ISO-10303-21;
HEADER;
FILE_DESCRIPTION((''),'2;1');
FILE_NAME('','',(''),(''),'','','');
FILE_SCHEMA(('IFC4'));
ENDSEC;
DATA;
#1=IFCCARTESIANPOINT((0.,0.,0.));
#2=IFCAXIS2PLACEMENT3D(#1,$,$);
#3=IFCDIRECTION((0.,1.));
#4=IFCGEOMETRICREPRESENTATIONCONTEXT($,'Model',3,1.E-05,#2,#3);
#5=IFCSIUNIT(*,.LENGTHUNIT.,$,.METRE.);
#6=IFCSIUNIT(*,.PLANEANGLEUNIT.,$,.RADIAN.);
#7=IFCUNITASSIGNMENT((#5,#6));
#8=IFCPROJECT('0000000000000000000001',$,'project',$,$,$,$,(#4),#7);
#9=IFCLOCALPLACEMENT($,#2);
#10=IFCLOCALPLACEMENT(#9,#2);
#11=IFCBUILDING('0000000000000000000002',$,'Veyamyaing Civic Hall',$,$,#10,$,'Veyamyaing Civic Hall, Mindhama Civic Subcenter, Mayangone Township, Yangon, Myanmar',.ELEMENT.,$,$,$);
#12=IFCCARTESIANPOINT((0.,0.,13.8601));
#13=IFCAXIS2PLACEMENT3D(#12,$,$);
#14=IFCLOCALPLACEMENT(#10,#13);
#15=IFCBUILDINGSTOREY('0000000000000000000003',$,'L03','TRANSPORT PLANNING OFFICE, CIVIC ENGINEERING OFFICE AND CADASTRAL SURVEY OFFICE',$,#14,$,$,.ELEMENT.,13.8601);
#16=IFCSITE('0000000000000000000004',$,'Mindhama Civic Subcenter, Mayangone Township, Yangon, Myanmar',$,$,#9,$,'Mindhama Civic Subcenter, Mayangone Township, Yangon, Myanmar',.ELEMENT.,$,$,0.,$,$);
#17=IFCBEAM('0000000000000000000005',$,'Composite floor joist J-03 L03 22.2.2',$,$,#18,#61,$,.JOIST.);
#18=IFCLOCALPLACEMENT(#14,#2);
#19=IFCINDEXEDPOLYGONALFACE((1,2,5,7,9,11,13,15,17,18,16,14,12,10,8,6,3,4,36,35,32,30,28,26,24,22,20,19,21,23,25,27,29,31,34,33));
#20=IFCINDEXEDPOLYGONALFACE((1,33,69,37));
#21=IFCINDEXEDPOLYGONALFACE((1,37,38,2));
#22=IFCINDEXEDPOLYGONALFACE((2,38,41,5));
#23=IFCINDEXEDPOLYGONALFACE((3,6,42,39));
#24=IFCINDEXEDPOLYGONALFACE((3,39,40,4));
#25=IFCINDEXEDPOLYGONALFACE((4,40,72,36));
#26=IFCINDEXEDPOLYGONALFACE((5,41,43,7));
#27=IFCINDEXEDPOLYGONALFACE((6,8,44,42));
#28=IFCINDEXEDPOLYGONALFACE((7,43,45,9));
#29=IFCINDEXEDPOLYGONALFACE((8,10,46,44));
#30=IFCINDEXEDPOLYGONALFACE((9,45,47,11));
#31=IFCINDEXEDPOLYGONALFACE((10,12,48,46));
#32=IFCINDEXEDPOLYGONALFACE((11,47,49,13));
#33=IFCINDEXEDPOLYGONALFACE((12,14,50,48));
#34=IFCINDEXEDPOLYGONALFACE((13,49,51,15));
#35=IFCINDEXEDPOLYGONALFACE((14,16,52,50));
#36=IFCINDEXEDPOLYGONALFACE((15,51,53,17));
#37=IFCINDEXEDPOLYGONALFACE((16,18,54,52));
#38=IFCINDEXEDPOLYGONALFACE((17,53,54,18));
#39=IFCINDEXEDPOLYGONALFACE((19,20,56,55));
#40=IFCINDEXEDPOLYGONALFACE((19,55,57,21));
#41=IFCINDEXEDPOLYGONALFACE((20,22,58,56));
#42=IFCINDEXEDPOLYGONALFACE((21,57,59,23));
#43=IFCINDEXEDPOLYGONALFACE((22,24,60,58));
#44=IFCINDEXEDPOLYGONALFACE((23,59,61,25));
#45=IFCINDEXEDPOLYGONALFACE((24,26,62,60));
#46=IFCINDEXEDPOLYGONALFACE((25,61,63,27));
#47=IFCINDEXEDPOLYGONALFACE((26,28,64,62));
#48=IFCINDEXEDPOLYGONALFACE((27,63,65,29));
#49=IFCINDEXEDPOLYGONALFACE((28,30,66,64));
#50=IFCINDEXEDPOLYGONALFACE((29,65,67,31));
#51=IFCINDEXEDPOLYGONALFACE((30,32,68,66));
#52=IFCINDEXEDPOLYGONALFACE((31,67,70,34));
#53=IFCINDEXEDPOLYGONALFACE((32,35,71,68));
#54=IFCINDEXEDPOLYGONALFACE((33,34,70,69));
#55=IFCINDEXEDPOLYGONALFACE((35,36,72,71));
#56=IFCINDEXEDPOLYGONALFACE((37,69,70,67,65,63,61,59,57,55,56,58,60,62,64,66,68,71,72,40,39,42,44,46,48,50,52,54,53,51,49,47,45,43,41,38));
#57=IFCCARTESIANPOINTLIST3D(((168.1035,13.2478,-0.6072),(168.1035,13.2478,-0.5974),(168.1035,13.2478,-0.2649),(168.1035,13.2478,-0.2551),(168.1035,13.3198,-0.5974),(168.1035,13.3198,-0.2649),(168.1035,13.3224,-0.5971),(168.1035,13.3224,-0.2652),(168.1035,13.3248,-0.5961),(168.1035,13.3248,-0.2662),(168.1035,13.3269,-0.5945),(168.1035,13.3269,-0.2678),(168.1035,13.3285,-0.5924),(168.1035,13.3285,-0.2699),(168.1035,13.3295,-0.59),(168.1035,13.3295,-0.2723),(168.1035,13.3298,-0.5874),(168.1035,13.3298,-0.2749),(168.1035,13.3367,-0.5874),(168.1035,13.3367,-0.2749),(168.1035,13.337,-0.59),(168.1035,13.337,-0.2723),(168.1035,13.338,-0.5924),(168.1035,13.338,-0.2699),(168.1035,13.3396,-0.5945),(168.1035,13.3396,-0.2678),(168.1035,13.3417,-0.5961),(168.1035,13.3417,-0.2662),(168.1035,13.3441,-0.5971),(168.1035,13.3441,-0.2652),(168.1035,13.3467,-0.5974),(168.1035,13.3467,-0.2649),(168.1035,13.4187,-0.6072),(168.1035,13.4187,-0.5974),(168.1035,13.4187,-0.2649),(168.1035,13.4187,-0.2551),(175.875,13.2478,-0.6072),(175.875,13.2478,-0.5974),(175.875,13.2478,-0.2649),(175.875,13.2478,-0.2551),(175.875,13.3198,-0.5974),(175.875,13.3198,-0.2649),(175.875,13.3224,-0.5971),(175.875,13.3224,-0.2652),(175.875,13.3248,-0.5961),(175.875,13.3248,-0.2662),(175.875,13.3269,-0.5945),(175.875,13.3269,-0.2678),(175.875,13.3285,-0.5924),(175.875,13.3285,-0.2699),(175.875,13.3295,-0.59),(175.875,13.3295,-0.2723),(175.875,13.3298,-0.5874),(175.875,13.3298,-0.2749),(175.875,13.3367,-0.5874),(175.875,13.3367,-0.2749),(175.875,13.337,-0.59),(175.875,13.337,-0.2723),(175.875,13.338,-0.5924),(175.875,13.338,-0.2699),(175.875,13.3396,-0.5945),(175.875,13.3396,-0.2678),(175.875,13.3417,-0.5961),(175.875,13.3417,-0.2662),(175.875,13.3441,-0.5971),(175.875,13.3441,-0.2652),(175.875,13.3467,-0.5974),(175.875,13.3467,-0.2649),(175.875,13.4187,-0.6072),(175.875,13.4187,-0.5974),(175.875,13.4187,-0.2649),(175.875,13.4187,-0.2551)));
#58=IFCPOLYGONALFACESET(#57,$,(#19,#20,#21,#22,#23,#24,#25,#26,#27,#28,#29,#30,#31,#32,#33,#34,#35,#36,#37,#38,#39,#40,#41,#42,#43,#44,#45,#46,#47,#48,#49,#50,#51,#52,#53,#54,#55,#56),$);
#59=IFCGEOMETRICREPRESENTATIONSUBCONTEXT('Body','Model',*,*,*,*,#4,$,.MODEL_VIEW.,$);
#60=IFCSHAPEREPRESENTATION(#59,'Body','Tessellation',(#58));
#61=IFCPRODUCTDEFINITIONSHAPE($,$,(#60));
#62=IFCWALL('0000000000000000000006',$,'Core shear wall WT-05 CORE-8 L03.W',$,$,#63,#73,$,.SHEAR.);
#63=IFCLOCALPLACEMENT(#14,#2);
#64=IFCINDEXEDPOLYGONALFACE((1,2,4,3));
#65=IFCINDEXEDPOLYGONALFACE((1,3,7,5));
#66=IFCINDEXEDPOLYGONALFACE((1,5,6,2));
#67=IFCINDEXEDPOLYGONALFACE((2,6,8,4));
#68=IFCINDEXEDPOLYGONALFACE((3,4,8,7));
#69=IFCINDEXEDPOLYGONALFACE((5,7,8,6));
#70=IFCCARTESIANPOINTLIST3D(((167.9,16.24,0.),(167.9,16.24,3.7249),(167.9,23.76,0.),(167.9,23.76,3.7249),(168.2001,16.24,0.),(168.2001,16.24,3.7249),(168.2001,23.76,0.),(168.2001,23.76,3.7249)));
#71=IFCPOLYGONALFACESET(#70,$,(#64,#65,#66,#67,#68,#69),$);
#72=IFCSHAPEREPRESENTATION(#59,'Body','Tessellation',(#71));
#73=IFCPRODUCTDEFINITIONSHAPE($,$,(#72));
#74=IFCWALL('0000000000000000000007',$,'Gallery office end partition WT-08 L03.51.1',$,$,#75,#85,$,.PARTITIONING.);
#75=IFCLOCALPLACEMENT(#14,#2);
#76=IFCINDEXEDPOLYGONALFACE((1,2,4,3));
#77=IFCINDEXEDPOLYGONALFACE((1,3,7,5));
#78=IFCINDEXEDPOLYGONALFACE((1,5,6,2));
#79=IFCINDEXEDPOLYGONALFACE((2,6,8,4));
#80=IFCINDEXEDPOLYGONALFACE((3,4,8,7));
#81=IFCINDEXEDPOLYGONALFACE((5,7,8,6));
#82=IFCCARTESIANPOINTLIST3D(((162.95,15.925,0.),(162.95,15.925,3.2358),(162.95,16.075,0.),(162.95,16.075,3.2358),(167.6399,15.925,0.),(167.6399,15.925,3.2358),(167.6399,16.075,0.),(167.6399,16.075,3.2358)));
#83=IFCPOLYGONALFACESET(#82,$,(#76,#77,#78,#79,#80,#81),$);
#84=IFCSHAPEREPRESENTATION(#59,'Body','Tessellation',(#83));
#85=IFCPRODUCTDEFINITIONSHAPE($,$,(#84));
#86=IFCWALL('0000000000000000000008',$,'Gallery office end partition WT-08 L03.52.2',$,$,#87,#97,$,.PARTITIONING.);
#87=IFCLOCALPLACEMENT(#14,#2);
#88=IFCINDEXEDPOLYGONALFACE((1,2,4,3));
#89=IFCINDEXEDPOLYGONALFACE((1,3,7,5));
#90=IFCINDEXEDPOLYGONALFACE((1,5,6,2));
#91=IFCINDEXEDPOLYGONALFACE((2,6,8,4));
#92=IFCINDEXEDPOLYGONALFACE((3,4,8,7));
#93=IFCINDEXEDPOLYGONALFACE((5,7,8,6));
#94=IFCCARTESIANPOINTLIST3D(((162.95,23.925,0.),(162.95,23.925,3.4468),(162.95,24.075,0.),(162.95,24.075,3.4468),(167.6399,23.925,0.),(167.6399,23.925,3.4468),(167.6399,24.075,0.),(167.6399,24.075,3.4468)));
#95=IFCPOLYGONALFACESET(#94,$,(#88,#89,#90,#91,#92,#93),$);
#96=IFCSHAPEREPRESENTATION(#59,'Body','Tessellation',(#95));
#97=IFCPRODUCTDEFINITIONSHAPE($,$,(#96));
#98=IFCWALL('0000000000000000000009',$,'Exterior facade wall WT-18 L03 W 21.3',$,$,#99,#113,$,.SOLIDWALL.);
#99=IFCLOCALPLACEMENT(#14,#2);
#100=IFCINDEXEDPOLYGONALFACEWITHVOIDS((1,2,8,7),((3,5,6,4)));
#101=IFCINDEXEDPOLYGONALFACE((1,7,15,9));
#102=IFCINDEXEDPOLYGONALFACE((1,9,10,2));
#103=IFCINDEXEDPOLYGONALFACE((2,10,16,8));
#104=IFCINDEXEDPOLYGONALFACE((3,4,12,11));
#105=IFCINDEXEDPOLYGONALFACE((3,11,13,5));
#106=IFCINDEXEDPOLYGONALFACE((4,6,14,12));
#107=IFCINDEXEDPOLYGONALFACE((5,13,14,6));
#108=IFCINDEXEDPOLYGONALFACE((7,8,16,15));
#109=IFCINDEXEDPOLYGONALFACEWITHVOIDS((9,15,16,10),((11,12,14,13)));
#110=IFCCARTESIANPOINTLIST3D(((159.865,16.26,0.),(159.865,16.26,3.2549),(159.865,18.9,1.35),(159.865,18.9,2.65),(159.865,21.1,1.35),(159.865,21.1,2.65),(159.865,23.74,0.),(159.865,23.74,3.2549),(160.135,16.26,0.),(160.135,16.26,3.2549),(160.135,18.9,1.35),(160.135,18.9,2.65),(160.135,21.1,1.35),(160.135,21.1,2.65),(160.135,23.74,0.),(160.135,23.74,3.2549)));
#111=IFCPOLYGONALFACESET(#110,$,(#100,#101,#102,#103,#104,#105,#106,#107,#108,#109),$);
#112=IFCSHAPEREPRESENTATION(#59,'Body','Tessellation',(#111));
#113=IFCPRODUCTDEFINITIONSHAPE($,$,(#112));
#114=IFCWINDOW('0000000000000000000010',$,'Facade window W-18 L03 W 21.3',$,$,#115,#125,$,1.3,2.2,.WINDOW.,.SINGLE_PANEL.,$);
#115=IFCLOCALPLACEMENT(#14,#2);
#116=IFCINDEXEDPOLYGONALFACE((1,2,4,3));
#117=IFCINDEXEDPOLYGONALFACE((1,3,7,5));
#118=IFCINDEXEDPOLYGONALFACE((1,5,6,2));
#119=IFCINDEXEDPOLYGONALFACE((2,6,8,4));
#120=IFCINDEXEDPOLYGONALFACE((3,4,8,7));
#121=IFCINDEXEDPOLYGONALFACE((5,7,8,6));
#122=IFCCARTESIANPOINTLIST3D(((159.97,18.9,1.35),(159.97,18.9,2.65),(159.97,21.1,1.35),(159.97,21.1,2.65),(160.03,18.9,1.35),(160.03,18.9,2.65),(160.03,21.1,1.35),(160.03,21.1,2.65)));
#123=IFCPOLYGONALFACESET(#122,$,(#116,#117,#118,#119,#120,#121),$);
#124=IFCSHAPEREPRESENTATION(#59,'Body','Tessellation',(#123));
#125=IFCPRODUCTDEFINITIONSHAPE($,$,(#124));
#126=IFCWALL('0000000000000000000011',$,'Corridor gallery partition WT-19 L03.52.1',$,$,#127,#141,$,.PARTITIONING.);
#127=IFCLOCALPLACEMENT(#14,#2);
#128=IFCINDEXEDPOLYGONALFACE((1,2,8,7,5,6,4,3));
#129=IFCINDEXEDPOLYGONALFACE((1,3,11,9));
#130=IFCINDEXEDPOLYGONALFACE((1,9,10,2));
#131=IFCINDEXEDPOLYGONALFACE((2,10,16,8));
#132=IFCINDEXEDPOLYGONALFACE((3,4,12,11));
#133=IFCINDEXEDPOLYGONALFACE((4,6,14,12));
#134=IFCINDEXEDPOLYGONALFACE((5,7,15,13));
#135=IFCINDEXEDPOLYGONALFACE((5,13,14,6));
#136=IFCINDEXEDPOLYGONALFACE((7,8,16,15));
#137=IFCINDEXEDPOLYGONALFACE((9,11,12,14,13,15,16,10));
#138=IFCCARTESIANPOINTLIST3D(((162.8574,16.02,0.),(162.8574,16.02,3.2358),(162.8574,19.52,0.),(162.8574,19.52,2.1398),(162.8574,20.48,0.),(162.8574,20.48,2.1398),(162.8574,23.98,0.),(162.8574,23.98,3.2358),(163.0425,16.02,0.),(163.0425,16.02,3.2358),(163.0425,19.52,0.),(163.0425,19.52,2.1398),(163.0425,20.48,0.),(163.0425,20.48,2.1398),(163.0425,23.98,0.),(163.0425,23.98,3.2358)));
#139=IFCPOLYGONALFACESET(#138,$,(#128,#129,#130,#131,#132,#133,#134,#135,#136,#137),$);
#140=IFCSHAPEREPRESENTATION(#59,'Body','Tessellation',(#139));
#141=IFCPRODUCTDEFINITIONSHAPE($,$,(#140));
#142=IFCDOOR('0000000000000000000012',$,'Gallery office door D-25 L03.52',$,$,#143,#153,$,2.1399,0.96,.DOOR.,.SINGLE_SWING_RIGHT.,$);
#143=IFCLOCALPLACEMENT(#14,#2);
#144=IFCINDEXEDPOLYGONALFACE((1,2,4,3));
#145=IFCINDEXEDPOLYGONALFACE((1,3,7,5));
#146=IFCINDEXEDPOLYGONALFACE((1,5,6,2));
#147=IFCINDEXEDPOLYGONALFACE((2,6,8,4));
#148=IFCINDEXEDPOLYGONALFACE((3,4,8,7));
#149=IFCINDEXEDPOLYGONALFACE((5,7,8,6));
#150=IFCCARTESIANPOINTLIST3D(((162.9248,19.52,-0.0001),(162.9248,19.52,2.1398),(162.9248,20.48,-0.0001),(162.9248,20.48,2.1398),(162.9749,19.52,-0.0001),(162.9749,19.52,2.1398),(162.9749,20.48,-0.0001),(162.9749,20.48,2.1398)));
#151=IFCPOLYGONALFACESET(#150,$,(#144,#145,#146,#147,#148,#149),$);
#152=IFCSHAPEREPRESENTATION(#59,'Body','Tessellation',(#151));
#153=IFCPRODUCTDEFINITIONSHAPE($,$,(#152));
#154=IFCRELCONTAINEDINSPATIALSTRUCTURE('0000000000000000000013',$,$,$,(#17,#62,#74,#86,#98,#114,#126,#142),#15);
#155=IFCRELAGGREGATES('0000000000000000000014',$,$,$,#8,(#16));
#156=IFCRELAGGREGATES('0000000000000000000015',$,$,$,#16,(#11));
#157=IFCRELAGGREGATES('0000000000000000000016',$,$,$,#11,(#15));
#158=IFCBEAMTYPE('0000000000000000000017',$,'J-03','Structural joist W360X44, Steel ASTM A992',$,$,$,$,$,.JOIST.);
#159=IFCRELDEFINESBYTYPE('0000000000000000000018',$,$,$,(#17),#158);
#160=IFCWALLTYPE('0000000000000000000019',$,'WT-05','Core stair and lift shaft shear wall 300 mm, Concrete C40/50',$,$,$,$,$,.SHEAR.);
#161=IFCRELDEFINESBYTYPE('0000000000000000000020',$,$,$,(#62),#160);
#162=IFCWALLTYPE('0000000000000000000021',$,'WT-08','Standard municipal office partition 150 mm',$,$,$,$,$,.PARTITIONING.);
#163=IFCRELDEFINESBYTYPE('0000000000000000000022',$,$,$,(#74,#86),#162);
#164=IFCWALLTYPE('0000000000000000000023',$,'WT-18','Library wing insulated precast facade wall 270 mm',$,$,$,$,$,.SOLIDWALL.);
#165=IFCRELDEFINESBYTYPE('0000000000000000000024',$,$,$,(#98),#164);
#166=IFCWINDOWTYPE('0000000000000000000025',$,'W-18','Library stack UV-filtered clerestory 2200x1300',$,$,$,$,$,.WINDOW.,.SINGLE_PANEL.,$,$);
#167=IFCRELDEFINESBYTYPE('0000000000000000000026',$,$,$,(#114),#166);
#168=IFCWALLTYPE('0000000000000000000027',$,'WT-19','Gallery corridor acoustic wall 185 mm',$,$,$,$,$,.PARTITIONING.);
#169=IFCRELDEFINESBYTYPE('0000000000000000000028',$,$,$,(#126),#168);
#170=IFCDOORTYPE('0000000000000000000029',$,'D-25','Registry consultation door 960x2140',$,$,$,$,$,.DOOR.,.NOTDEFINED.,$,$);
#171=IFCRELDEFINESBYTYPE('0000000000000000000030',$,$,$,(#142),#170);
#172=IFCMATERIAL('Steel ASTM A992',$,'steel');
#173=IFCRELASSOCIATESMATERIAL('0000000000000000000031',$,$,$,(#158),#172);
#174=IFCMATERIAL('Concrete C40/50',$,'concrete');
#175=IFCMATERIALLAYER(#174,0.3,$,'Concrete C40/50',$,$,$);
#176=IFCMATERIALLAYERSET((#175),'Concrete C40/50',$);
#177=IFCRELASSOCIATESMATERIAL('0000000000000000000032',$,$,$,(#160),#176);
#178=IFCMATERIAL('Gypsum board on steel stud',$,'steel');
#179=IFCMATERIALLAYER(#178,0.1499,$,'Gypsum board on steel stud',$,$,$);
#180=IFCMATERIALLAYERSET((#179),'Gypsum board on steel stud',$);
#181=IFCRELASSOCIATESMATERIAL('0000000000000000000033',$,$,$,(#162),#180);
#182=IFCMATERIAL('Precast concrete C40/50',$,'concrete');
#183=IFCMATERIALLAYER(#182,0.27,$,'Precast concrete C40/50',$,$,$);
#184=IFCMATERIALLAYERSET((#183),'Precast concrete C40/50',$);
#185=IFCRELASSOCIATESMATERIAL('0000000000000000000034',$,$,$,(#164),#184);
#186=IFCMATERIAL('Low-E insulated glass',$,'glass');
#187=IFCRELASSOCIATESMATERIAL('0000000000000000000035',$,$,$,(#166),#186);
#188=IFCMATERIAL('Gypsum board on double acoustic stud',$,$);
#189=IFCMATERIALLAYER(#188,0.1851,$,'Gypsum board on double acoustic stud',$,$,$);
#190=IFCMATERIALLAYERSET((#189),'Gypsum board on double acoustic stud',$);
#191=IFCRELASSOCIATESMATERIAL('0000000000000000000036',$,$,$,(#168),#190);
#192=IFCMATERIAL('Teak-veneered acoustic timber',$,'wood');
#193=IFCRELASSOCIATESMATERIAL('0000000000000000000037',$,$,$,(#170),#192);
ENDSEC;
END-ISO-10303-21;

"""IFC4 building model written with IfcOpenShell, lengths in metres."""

from ifc_helpers import new_model, si_unit, direction, frame, frame_2d, origin, origin_2d, place, context, subcontext, project, spatial, rectangle, i_section, extrude, material, layer, layer_set, material_profile, profile_set, type_object, element, fill, save


model = new_model("IFC4")

# Units and contexts
model_context = context("Model", 3, precision=1e-05, world=origin(), true_north=direction((0.0, 1.0)))
body_context = subcontext(model_context, "Body", "Model", "MODEL_VIEW")
ifc_project = project(units=[si_unit("LENGTHUNIT", "METRE"), si_unit("PLANEANGLEUNIT", "RADIAN")], contexts=[model_context])

# Site, building, storey
site_placement = place(None, origin())
site = spatial("IfcSite", under=ifc_project, at=site_placement, Name="Mindhama Civic Subcenter, Mayangone Township, Yangon, Myanmar", LongName="Mindhama Civic Subcenter, Mayangone Township, Yangon, Myanmar", CompositionType="ELEMENT", RefElevation=0.0)
building_placement = place(site_placement, origin())
building = spatial("IfcBuilding", under=site, at=building_placement, Name="Veyamyaing Civic Hall", LongName="Veyamyaing Civic Hall, Mindhama Civic Subcenter, Mayangone Township, Yangon, Myanmar", CompositionType="ELEMENT")
storey_placement = place(building_placement, frame((0.0, 0.0, 13.8601)))
storey = spatial("IfcBuildingStorey", under=building, at=storey_placement, Name="L03", Description="TRANSPORT PLANNING OFFICE, CIVIC ENGINEERING OFFICE AND CADASTRAL SURVEY OFFICE", CompositionType="ELEMENT", Elevation=13.8601)

# Beam
ifc_material_1 = material(Name="Steel ASTM A992", Category="steel")
ifc_material_profile_1 = material_profile(ifc_material_1, i_section(OverallWidth=0.1709, OverallDepth=0.3521, WebThickness=0.0068, FlangeThickness=0.0098, FilletRadius=0.01, at=origin_2d()), Name="W360X44")
ifc_profile_set_1 = profile_set([ifc_material_profile_1], Name="Steel ASTM A992")
beam_type_1 = type_object("IfcBeamType", Name="J-03", Description="Structural joist W360X44, Steel ASTM A992", PredefinedType="JOIST", material=ifc_profile_set_1)
beam_1_placement = place(storey_placement, frame((168.1035, 13.3333, -0.4312), z_axis=(1.0, 0.0, 0.0), x_axis=(0.0, 1.0, 0.0)))
element("IfcBeam", 1, at=beam_1_placement, inside=storey, type_object=beam_type_1, Name="Composite floor joist J-03 L03 22.2.2", PredefinedType="JOIST", context=body_context, shape_type="SweptSolid", body=[
    extrude(i_section(OverallWidth=0.1709, OverallDepth=0.3521, WebThickness=0.0068, FlangeThickness=0.0098, FilletRadius=0.01, at=origin_2d()), origin(), (0.0, 0.0, 1.0), 7.7715),
])

# Walls
ifc_material_2 = material(Name="Concrete C40/50", Category="concrete")
ifc_layer_1 = layer(ifc_material_2, 0.3, Name="Concrete C40/50")
ifc_layer_set_1 = layer_set([ifc_layer_1], Name="Concrete C40/50")
wall_type_1 = type_object("IfcWallType", Name="WT-05", Description="Core stair and lift shaft shear wall 300 mm, Concrete C40/50", PredefinedType="SHEAR", material=ifc_layer_set_1)
wall_1_placement = place(storey_placement, frame((168.05, 16.24, 0.0), z_axis=(0.0, 0.0, 1.0), x_axis=(0.0, 1.0, 0.0)))
element("IfcWall", 2, at=wall_1_placement, inside=storey, type_object=wall_type_1, Name="Core shear wall WT-05 CORE-8 L03.W", PredefinedType="SHEAR", context=body_context, shape_type="SweptSolid", body=[
    extrude(rectangle(XDim=7.52, YDim=0.3, at=frame_2d((3.76, 0.0))), origin(), (0.0, 0.0, 1.0), 3.7249),
])
ifc_material_3 = material(Name="Gypsum board on steel stud", Category="steel")
ifc_layer_2 = layer(ifc_material_3, 0.1499, Name="Gypsum board on steel stud")
ifc_layer_set_2 = layer_set([ifc_layer_2], Name="Gypsum board on steel stud")
wall_type_2 = type_object("IfcWallType", Name="WT-08", Description="Standard municipal office partition 150 mm", PredefinedType="PARTITIONING", material=ifc_layer_set_2)
wall_2_placement = place(storey_placement, frame((162.95, 16.0, 0.0), z_axis=(0.0, 0.0, 1.0), x_axis=(1.0, 0.0, 0.0)))
element("IfcWall", 3, at=wall_2_placement, inside=storey, type_object=wall_type_2, Name="Gallery office end partition WT-08 L03.51.1", PredefinedType="PARTITIONING", context=body_context, shape_type="SweptSolid", body=[
    extrude(rectangle(XDim=4.6899, YDim=0.1499, at=frame_2d((2.345, 0.0))), origin(), (0.0, 0.0, 1.0), 3.2358),
])
wall_3_placement = place(storey_placement, frame((162.95, 24.0, 0.0), z_axis=(0.0, 0.0, 1.0), x_axis=(1.0, 0.0, 0.0)))
element("IfcWall", 4, at=wall_3_placement, inside=storey, type_object=wall_type_2, Name="Gallery office end partition WT-08 L03.52.2", PredefinedType="PARTITIONING", context=body_context, shape_type="SweptSolid", body=[
    extrude(rectangle(XDim=4.6899, YDim=0.1499, at=frame_2d((2.345, 0.0))), origin(), (0.0, 0.0, 1.0), 3.4468),
])

# Wall, opening, window
ifc_material_4 = material(Name="Precast concrete C40/50", Category="concrete")
ifc_layer_3 = layer(ifc_material_4, 0.27, Name="Precast concrete C40/50")
ifc_layer_set_3 = layer_set([ifc_layer_3], Name="Precast concrete C40/50")
wall_type_3 = type_object("IfcWallType", Name="WT-18", Description="Library wing insulated precast facade wall 270 mm", PredefinedType="SOLIDWALL", material=ifc_layer_set_3)
wall_4_placement = place(storey_placement, frame((160.0, 16.26, 0.0), z_axis=(0.0, 0.0, 1.0), x_axis=(0.0, 1.0, 0.0)))
wall_4 = element("IfcWall", 5, at=wall_4_placement, inside=storey, type_object=wall_type_3, Name="Exterior facade wall WT-18 L03 W 21.3", PredefinedType="SOLIDWALL", context=body_context, shape_type="SweptSolid", body=[
    extrude(rectangle(XDim=7.48, YDim=0.27, at=frame_2d((3.74, 0.0))), origin(), (0.0, 0.0, 1.0), 3.2549),
])
opening_1_placement = place(wall_4_placement, frame((2.6399, 0.0, 1.3501)))
opening_1 = element("IfcOpeningElement", 6, at=opening_1_placement, cuts=wall_4, PredefinedType="OPENING", context=body_context, shape_type="SweptSolid", body=[
    extrude(rectangle(XDim=2.2, YDim=1.3, at=frame_2d((1.1001, 0.6499))), frame((0.0, 0.145, 0.0), z_axis=(0.0, -1.0, 0.0), x_axis=(1.0, 0.0, 0.0)), (0.0, 0.0, 1.0), 0.29),
])
ifc_material_5 = material(Name="Low-E insulated glass", Category="glass")
window_type = type_object("IfcWindowType", Name="W-18", Description="Library stack UV-filtered clerestory 2200x1300", PartitioningType="SINGLE_PANEL", PredefinedType="WINDOW", material=ifc_material_5)
window_placement = place(opening_1_placement, origin())
window = element("IfcWindow", 7, at=window_placement, inside=storey, type_object=window_type, Name="Facade window W-18 L03 W 21.3", OverallHeight=1.3, OverallWidth=2.2, PartitioningType="SINGLE_PANEL", PredefinedType="WINDOW", context=body_context, shape_type="SweptSolid", body=[
    extrude(rectangle(XDim=2.2, YDim=1.3, at=frame_2d((1.1001, 0.6499))), frame((0.0, 0.03, 0.0), z_axis=(0.0, -1.0, 0.0), x_axis=(1.0, 0.0, 0.0)), (0.0, 0.0, 1.0), 0.0601),
])
fill(opening_1, window)

# Wall, opening, door
ifc_material_6 = material(Name="Gypsum board on double acoustic stud")
ifc_layer_4 = layer(ifc_material_6, 0.1851, Name="Gypsum board on double acoustic stud")
ifc_layer_set_4 = layer_set([ifc_layer_4], Name="Gypsum board on double acoustic stud")
wall_type_4 = type_object("IfcWallType", Name="WT-19", Description="Gallery corridor acoustic wall 185 mm", PredefinedType="PARTITIONING", material=ifc_layer_set_4)
wall_5_placement = place(storey_placement, frame((162.95, 16.02, 0.0), z_axis=(0.0, 0.0, 1.0), x_axis=(0.0, 1.0, 0.0)))
wall_5 = element("IfcWall", 8, at=wall_5_placement, inside=storey, type_object=wall_type_4, Name="Corridor gallery partition WT-19 L03.52.1", PredefinedType="PARTITIONING", context=body_context, shape_type="SweptSolid", body=[
    extrude(rectangle(XDim=7.96, YDim=0.1851, at=frame_2d((3.98, 0.0))), origin(), (0.0, 0.0, 1.0), 3.2358),
])
opening_2_placement = place(wall_5_placement, frame((3.5, 0.0, 0.0)))
opening_2 = element("IfcOpeningElement", 9, at=opening_2_placement, cuts=wall_5, PredefinedType="OPENING", context=body_context, shape_type="SweptSolid", body=[
    extrude(rectangle(XDim=0.96, YDim=2.1399, at=frame_2d((0.48, 1.0698))), frame((0.0, 0.1025, 0.0), z_axis=(0.0, -1.0, 0.0), x_axis=(1.0, 0.0, 0.0)), (0.0, 0.0, 1.0), 0.2051),
])
ifc_material_7 = material(Name="Teak-veneered acoustic timber", Category="wood")
door_type = type_object("IfcDoorType", Name="D-25", Description="Registry consultation door 960x2140", OperationType="NOTDEFINED", PredefinedType="DOOR", material=ifc_material_7)
door_placement = place(opening_2_placement, frame((0.96, 0.0, 0.0), z_axis=(0.0, 0.0, 1.0), x_axis=(-1.0, 0.0, 0.0)))
door = element("IfcDoor", 10, at=door_placement, inside=storey, type_object=door_type, Name="Gallery office door D-25 L03.52", OperationType="SINGLE_SWING_RIGHT", OverallHeight=2.1399, OverallWidth=0.96, PredefinedType="DOOR", context=body_context, shape_type="SweptSolid", body=[
    extrude(rectangle(XDim=0.96, YDim=2.1399, at=frame_2d((0.48, 1.0698))), frame((0.0, 0.0249, 0.0), z_axis=(0.0, -1.0, 0.0), x_axis=(1.0, 0.0, 0.0)), (0.0, 0.0, 1.0), 0.05),
])
fill(opening_2, door)

save(model, "model.ifc")
